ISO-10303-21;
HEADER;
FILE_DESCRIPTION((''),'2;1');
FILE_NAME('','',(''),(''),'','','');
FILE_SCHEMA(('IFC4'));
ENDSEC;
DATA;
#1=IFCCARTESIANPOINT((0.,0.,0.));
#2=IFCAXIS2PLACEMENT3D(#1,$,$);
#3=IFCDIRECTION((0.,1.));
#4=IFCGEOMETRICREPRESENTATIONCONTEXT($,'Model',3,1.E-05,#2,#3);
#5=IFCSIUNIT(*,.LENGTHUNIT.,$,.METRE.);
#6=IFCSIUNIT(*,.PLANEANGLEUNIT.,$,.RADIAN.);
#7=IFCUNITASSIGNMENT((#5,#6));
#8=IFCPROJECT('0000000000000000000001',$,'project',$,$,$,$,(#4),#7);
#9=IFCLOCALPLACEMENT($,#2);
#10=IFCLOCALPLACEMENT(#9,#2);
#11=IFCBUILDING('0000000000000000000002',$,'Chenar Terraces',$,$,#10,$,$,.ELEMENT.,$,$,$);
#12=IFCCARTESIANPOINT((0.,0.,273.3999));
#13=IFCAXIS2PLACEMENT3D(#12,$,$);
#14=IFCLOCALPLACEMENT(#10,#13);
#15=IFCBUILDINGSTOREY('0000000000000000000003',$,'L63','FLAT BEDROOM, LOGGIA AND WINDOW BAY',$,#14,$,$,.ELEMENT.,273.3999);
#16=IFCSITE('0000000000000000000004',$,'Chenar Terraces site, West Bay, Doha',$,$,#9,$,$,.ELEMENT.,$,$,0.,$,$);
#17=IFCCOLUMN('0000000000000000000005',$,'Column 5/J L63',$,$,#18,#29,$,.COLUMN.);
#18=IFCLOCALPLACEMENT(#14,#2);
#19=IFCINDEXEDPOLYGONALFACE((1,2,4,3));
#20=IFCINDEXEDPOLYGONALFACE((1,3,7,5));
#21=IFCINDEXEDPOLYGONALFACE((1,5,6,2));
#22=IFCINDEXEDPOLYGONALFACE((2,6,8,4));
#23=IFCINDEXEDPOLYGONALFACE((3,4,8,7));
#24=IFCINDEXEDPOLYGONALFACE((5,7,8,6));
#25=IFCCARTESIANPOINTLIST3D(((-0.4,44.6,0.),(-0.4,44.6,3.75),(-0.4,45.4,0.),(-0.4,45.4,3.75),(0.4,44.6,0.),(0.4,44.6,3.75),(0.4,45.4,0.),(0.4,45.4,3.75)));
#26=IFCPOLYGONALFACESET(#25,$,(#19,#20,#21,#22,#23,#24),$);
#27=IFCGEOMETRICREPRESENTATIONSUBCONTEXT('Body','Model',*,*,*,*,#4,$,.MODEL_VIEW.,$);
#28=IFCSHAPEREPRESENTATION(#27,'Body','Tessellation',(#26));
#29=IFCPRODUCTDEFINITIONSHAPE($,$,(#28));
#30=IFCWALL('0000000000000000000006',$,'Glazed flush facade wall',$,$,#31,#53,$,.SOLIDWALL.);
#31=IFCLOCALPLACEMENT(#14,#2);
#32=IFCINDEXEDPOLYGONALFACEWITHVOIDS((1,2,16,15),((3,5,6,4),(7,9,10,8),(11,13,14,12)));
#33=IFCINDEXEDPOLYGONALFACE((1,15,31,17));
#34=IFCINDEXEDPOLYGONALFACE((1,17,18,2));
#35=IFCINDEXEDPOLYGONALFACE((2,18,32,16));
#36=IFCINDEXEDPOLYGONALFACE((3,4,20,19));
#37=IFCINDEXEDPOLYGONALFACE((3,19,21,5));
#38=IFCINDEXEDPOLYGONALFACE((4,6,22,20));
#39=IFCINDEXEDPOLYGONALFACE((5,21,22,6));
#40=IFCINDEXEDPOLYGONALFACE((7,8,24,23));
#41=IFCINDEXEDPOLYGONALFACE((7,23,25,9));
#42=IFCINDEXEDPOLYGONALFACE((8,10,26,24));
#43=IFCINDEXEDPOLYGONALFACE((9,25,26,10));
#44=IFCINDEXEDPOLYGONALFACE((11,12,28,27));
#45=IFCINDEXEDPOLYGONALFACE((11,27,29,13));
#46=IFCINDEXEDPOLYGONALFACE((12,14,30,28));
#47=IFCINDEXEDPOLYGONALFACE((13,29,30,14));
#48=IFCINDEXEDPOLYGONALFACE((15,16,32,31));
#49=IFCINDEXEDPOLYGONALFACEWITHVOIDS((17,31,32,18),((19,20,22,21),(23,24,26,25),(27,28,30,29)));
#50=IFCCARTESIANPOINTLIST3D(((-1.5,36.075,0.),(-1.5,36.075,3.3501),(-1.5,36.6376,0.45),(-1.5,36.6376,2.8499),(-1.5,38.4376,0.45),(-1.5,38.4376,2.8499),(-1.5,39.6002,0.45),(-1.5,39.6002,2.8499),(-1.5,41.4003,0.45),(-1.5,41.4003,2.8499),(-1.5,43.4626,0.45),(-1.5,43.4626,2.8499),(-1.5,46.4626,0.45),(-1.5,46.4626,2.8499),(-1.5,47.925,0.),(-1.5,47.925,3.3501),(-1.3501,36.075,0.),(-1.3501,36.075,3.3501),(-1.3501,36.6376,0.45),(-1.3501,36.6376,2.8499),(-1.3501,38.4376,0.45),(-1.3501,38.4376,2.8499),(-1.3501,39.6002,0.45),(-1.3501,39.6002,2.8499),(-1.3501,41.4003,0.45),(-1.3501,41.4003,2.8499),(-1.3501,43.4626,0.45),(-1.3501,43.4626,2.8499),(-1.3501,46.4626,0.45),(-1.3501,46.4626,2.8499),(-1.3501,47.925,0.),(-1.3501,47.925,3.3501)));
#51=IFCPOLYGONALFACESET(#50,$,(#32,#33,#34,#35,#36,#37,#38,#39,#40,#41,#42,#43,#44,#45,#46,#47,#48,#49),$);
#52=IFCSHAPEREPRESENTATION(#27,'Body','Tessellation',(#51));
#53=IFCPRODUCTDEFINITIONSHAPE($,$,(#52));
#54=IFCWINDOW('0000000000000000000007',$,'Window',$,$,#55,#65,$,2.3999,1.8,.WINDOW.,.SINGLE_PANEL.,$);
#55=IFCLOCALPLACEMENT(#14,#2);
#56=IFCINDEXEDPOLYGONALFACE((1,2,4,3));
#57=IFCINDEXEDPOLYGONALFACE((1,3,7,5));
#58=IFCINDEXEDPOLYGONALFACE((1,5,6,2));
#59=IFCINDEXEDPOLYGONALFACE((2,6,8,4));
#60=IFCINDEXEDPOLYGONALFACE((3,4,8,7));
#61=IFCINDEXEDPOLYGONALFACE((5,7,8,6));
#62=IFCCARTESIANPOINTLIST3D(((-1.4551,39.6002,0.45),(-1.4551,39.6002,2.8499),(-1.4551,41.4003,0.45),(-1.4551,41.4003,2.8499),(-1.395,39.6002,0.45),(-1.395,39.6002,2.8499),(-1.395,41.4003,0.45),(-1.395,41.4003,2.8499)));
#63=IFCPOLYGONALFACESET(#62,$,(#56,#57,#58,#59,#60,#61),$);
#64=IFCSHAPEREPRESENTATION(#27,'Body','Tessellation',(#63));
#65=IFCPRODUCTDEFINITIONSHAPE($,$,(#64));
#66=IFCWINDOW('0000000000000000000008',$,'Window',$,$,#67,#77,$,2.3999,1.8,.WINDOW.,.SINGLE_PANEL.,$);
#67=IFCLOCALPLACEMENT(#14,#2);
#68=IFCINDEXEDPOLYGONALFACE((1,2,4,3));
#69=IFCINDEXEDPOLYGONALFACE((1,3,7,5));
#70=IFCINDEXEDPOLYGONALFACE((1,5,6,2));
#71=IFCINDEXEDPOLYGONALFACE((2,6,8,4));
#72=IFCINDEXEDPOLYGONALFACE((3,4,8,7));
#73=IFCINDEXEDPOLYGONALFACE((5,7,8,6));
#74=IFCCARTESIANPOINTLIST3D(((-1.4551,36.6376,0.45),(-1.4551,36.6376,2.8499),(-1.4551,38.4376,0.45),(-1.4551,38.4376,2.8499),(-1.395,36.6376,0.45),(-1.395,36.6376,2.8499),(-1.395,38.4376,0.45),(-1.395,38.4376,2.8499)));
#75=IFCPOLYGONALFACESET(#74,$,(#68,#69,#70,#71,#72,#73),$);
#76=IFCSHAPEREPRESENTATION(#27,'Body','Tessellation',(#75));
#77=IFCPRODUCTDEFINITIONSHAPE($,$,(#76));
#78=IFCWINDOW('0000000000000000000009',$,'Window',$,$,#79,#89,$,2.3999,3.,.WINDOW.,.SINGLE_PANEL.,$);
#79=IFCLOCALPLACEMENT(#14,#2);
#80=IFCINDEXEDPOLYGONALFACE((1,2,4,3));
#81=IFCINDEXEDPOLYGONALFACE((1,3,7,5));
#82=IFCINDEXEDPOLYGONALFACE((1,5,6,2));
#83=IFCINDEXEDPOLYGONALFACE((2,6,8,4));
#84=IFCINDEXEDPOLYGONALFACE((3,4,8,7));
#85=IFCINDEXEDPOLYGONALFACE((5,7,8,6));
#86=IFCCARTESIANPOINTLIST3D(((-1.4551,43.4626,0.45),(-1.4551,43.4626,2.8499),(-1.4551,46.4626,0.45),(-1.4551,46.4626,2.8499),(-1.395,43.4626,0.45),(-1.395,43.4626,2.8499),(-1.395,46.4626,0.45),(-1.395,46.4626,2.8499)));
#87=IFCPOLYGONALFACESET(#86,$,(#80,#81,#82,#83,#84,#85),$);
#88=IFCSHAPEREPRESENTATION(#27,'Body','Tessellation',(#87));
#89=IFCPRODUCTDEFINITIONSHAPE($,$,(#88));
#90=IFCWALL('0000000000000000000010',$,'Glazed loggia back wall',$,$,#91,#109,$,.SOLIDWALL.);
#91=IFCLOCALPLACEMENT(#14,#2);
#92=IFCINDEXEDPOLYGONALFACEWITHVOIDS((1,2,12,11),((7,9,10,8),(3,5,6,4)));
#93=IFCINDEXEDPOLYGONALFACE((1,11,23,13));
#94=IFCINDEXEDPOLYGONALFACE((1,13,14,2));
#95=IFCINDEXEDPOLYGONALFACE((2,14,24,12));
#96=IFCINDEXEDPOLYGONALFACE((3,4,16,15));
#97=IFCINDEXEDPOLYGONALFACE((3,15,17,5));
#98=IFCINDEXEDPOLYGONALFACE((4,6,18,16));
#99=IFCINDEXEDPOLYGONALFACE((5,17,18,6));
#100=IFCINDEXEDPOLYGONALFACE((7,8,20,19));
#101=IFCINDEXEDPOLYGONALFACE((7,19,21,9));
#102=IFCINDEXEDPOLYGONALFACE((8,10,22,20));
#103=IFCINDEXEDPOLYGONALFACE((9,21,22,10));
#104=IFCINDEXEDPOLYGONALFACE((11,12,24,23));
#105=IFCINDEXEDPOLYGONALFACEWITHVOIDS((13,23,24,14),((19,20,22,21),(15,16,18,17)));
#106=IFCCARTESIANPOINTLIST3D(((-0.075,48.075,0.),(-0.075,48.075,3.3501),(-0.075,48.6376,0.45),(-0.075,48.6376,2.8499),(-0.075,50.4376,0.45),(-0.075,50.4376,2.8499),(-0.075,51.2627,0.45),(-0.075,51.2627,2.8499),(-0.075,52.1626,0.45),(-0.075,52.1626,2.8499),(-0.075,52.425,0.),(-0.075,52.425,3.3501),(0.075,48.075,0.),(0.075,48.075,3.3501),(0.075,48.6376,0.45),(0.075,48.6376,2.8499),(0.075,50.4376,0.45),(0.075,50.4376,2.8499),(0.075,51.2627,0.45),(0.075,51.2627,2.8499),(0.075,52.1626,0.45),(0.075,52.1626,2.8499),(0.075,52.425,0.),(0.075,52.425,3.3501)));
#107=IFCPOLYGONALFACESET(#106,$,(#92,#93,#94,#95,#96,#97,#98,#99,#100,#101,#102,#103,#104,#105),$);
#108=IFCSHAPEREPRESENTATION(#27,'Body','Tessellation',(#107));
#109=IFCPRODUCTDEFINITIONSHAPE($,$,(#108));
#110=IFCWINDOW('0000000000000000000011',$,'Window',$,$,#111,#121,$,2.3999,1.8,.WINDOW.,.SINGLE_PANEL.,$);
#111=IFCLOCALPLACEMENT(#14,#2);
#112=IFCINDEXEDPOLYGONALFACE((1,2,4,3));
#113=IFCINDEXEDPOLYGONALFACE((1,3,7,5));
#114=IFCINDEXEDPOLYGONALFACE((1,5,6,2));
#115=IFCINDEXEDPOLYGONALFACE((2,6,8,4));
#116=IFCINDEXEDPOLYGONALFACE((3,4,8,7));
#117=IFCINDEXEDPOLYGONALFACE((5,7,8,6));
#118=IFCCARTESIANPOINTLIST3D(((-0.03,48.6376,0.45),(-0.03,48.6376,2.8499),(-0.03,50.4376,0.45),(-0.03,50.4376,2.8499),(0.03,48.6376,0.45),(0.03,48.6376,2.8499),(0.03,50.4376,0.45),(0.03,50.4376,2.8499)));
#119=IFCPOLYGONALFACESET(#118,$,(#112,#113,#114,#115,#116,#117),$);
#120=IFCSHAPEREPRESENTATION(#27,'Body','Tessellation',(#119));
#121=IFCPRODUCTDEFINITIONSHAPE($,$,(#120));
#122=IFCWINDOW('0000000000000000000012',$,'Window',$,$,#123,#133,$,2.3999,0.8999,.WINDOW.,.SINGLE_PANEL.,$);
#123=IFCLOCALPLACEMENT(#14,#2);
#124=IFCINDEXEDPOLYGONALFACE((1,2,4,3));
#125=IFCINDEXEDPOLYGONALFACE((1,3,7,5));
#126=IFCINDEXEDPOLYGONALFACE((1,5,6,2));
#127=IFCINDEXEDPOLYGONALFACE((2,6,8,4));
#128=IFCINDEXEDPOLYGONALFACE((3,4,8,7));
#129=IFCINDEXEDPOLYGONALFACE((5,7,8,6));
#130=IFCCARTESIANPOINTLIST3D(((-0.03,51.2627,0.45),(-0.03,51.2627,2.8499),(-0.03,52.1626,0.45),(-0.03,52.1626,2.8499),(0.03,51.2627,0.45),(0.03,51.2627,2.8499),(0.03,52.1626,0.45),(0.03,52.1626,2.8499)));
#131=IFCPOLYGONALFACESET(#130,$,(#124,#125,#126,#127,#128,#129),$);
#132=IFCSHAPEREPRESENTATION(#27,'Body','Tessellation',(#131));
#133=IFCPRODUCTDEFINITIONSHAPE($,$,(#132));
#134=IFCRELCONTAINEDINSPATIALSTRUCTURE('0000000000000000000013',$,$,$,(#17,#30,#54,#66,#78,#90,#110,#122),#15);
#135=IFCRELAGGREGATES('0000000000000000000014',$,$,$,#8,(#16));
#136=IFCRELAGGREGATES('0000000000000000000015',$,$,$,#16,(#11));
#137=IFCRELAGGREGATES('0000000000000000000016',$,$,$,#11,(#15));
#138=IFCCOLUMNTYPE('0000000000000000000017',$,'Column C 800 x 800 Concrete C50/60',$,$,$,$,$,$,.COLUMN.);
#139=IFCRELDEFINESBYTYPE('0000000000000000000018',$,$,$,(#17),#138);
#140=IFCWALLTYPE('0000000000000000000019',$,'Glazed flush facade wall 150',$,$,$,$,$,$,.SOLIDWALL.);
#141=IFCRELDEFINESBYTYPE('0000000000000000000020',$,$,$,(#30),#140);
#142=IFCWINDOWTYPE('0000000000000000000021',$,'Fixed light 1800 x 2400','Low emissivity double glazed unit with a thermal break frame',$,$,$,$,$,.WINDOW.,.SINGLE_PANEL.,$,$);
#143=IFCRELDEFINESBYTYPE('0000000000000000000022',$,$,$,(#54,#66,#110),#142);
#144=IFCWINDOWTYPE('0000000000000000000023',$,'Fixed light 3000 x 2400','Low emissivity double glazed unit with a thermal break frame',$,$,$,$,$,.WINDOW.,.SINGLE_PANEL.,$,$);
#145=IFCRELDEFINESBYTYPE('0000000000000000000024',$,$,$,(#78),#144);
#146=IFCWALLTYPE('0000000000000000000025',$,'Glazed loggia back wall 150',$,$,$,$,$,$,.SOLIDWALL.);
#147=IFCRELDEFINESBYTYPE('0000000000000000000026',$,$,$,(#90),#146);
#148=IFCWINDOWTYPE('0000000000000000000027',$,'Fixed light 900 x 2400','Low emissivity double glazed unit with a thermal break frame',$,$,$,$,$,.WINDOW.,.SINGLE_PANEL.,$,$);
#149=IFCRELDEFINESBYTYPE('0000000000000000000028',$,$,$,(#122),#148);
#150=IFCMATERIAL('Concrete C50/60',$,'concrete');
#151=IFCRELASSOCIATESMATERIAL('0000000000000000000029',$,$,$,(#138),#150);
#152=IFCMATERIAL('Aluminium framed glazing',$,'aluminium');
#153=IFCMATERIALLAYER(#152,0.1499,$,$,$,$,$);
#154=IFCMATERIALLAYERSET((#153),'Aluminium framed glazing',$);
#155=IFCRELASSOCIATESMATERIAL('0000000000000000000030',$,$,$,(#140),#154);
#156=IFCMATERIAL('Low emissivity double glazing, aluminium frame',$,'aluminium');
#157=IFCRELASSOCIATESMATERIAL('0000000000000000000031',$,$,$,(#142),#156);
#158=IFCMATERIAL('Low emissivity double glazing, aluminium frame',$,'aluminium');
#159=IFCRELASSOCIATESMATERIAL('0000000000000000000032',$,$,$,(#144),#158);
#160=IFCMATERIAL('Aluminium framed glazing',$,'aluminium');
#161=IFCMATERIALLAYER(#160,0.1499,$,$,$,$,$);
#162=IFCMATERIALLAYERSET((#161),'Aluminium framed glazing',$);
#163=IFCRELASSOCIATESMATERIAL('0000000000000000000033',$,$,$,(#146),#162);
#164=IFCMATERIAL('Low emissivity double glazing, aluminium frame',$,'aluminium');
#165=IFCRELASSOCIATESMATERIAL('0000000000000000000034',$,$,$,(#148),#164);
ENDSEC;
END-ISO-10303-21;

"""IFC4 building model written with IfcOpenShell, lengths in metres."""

from ifc_helpers import new_model, si_unit, direction, frame, frame_2d, origin, origin_2d, place, context, subcontext, project, spatial, rectangle, extrude, material, layer, layer_set, material_profile, profile_set, type_object, element, fill, save


model = new_model("IFC4")

# Units and contexts
model_context = context("Model", 3, precision=1e-05, world=origin(), true_north=direction((0.0, 1.0)))
body_context = subcontext(model_context, "Body", "Model", "MODEL_VIEW")
ifc_project = project(units=[si_unit("LENGTHUNIT", "METRE"), si_unit("PLANEANGLEUNIT", "RADIAN")], contexts=[model_context])

# Site, building, storey
site_placement = place(None, origin())
site = spatial("IfcSite", under=ifc_project, at=site_placement, Name="Chenar Terraces site, West Bay, Doha", CompositionType="ELEMENT", RefElevation=0.0)
building_placement = place(site_placement, origin())
building = spatial("IfcBuilding", under=site, at=building_placement, Name="Chenar Terraces", CompositionType="ELEMENT")
storey_placement = place(building_placement, frame((0.0, 0.0, 273.3999)))
storey = spatial("IfcBuildingStorey", under=building, at=storey_placement, Name="L63", Description="FLAT BEDROOM, LOGGIA AND WINDOW BAY", CompositionType="ELEMENT", Elevation=273.3999)

# Column
ifc_material_1 = material(Name="Concrete C50/60", Category="concrete")
ifc_material_profile_1 = material_profile(ifc_material_1, rectangle(XDim=0.8, YDim=0.8, at=origin_2d()), Name="C 800 x 800")
ifc_profile_set_1 = profile_set([ifc_material_profile_1], Name="Concrete C50/60")
column_type = type_object("IfcColumnType", Name="Column C 800 x 800 Concrete C50/60", PredefinedType="COLUMN", material=ifc_profile_set_1)
column_placement = place(storey_placement, frame((0.0, 45.0, 0.0), z_axis=(0.0, 0.0, 1.0), x_axis=(1.0, 0.0, 0.0)))
element("IfcColumn", 1, at=column_placement, inside=storey, type_object=column_type, Name="Column 5/J L63", PredefinedType="COLUMN", context=body_context, shape_type="SweptSolid", body=[
    extrude(rectangle(XDim=0.8, YDim=0.8, at=origin_2d()), origin(), (0.0, 0.0, 1.0), 3.75),
])

# Walls, openings, windows
ifc_material_2 = material(Name="Aluminium framed glazing", Category="aluminium")
ifc_layer_1 = layer(ifc_material_2, 0.1499)
ifc_layer_set_1 = layer_set([ifc_layer_1], Name="Aluminium framed glazing")
wall_type_1 = type_object("IfcWallType", Name="Glazed flush facade wall 150", PredefinedType="SOLIDWALL", material=ifc_layer_set_1)
wall_1_placement = place(storey_placement, frame((-1.425, 47.925, 0.0), z_axis=(0.0, 0.0, 1.0), x_axis=(0.0, -1.0, 0.0)))
wall_1 = element("IfcWall", 2, at=wall_1_placement, inside=storey, type_object=wall_type_1, Name="Glazed flush facade wall", PredefinedType="SOLIDWALL", context=body_context, shape_type="SweptSolid", body=[
    extrude(rectangle(XDim=11.8501, YDim=0.1499, at=frame_2d((5.925, 0.0))), origin(), (0.0, 0.0, 1.0), 3.3501),
])
opening_1_placement = place(wall_1_placement, frame((1.4624, 0.0, 0.45)))
opening_1 = element("IfcOpeningElement", 3, at=opening_1_placement, cuts=wall_1, PredefinedType="OPENING", context=body_context, shape_type="SweptSolid", body=[
    extrude(rectangle(XDim=3.0, YDim=2.3999, at=frame_2d((1.5, 1.2))), frame((0.0, 0.085, 0.0), z_axis=(0.0, -1.0, 0.0), x_axis=(1.0, 0.0, 0.0)), (0.0, 0.0, 1.0), 0.1699),
])
opening_2_placement = place(wall_1_placement, frame((6.5249, 0.0, 0.45)))
opening_2 = element("IfcOpeningElement", 4, at=opening_2_placement, cuts=wall_1, PredefinedType="OPENING", context=body_context, shape_type="SweptSolid", body=[
    extrude(rectangle(XDim=1.8, YDim=2.3999, at=frame_2d((0.8999, 1.2))), frame((0.0, 0.085, 0.0), z_axis=(0.0, -1.0, 0.0), x_axis=(1.0, 0.0, 0.0)), (0.0, 0.0, 1.0), 0.1699),
])
opening_3_placement = place(wall_1_placement, frame((9.4875, 0.0, 0.45)))
opening_3 = element("IfcOpeningElement", 5, at=opening_3_placement, cuts=wall_1, PredefinedType="OPENING", context=body_context, shape_type="SweptSolid", body=[
    extrude(rectangle(XDim=1.8, YDim=2.3999, at=frame_2d((0.8999, 1.2))), frame((0.0, 0.085, 0.0), z_axis=(0.0, -1.0, 0.0), x_axis=(1.0, 0.0, 0.0)), (0.0, 0.0, 1.0), 0.1699),
])
ifc_material_3 = material(Name="Low emissivity double glazing, aluminium frame", Category="aluminium")
window_type_1 = type_object("IfcWindowType", Name="Fixed light 1800 x 2400", Description="Low emissivity double glazed unit with a thermal break frame", PartitioningType="SINGLE_PANEL", PredefinedType="WINDOW", material=ifc_material_3)
window_1_placement = place(opening_2_placement, origin())
window_1 = element("IfcWindow", 6, at=window_1_placement, inside=storey, type_object=window_type_1, Name="Window", OverallHeight=2.3999, OverallWidth=1.8, PartitioningType="SINGLE_PANEL", PredefinedType="WINDOW", context=body_context, shape_type="SweptSolid", body=[
    extrude(rectangle(XDim=1.8, YDim=2.3999, at=frame_2d((0.8999, 1.2))), frame((0.0, 0.03, 0.0), z_axis=(0.0, -1.0, 0.0), x_axis=(1.0, 0.0, 0.0)), (0.0, 0.0, 1.0), 0.0601),
])
fill(opening_2, window_1)
window_2_placement = place(opening_3_placement, origin())
window_2 = element("IfcWindow", 7, at=window_2_placement, inside=storey, type_object=window_type_1, Name="Window", OverallHeight=2.3999, OverallWidth=1.8, PartitioningType="SINGLE_PANEL", PredefinedType="WINDOW", context=body_context, shape_type="SweptSolid", body=[
    extrude(rectangle(XDim=1.8, YDim=2.3999, at=frame_2d((0.8999, 1.2))), frame((0.0, 0.03, 0.0), z_axis=(0.0, -1.0, 0.0), x_axis=(1.0, 0.0, 0.0)), (0.0, 0.0, 1.0), 0.0601),
])
fill(opening_3, window_2)
ifc_material_4 = material(Name="Low emissivity double glazing, aluminium frame", Category="aluminium")
window_type_2 = type_object("IfcWindowType", Name="Fixed light 3000 x 2400", Description="Low emissivity double glazed unit with a thermal break frame", PartitioningType="SINGLE_PANEL", PredefinedType="WINDOW", material=ifc_material_4)
window_3_placement = place(opening_1_placement, origin())
window_3 = element("IfcWindow", 8, at=window_3_placement, inside=storey, type_object=window_type_2, Name="Window", OverallHeight=2.3999, OverallWidth=3.0, PartitioningType="SINGLE_PANEL", PredefinedType="WINDOW", context=body_context, shape_type="SweptSolid", body=[
    extrude(rectangle(XDim=3.0, YDim=2.3999, at=frame_2d((1.5, 1.2))), frame((0.0, 0.03, 0.0), z_axis=(0.0, -1.0, 0.0), x_axis=(1.0, 0.0, 0.0)), (0.0, 0.0, 1.0), 0.0601),
])
fill(opening_1, window_3)
ifc_material_5 = material(Name="Aluminium framed glazing", Category="aluminium")
ifc_layer_2 = layer(ifc_material_5, 0.1499)
ifc_layer_set_2 = layer_set([ifc_layer_2], Name="Aluminium framed glazing")
wall_type_2 = type_object("IfcWallType", Name="Glazed loggia back wall 150", PredefinedType="SOLIDWALL", material=ifc_layer_set_2)
wall_2_placement = place(storey_placement, frame((0.0, 52.425, 0.0), z_axis=(0.0, 0.0, 1.0), x_axis=(0.0, -1.0, 0.0)))
wall_2 = element("IfcWall", 9, at=wall_2_placement, inside=storey, type_object=wall_type_2, Name="Glazed loggia back wall", PredefinedType="SOLIDWALL", context=body_context, shape_type="SweptSolid", body=[
    extrude(rectangle(XDim=4.3501, YDim=0.1499, at=frame_2d((2.175, 0.0))), origin(), (0.0, 0.0, 1.0), 3.3501),
])
opening_4_placement = place(wall_2_placement, frame((0.2625, 0.0, 0.45)))
opening_4 = element("IfcOpeningElement", 10, at=opening_4_placement, cuts=wall_2, PredefinedType="OPENING", context=body_context, shape_type="SweptSolid", body=[
    extrude(rectangle(XDim=0.8999, YDim=2.3999, at=frame_2d((0.45, 1.2))), frame((0.0, 0.085, 0.0), z_axis=(0.0, -1.0, 0.0), x_axis=(1.0, 0.0, 0.0)), (0.0, 0.0, 1.0), 0.1699),
])
opening_5_placement = place(wall_2_placement, frame((1.9875, 0.0, 0.45)))
opening_5 = element("IfcOpeningElement", 11, at=opening_5_placement, cuts=wall_2, PredefinedType="OPENING", context=body_context, shape_type="SweptSolid", body=[
    extrude(rectangle(XDim=1.8, YDim=2.3999, at=frame_2d((0.8999, 1.2))), frame((0.0, 0.085, 0.0), z_axis=(0.0, -1.0, 0.0), x_axis=(1.0, 0.0, 0.0)), (0.0, 0.0, 1.0), 0.1699),
])
window_4_placement = place(opening_5_placement, origin())
window_4 = element("IfcWindow", 12, at=window_4_placement, inside=storey, type_object=window_type_1, Name="Window", OverallHeight=2.3999, OverallWidth=1.8, PartitioningType="SINGLE_PANEL", PredefinedType="WINDOW", context=body_context, shape_type="SweptSolid", body=[
    extrude(rectangle(XDim=1.8, YDim=2.3999, at=frame_2d((0.8999, 1.2))), frame((0.0, 0.03, 0.0), z_axis=(0.0, -1.0, 0.0), x_axis=(1.0, 0.0, 0.0)), (0.0, 0.0, 1.0), 0.0601),
])
fill(opening_5, window_4)
ifc_material_6 = material(Name="Low emissivity double glazing, aluminium frame", Category="aluminium")
window_type_3 = type_object("IfcWindowType", Name="Fixed light 900 x 2400", Description="Low emissivity double glazed unit with a thermal break frame", PartitioningType="SINGLE_PANEL", PredefinedType="WINDOW", material=ifc_material_6)
window_5_placement = place(opening_4_placement, origin())
window_5 = element("IfcWindow", 13, at=window_5_placement, inside=storey, type_object=window_type_3, Name="Window", OverallHeight=2.3999, OverallWidth=0.8999, PartitioningType="SINGLE_PANEL", PredefinedType="WINDOW", context=body_context, shape_type="SweptSolid", body=[
    extrude(rectangle(XDim=0.8999, YDim=2.3999, at=frame_2d((0.45, 1.2))), frame((0.0, 0.03, 0.0), z_axis=(0.0, -1.0, 0.0), x_axis=(1.0, 0.0, 0.0)), (0.0, 0.0, 1.0), 0.0601),
])
fill(opening_4, window_5)

save(model, "model.ifc")
